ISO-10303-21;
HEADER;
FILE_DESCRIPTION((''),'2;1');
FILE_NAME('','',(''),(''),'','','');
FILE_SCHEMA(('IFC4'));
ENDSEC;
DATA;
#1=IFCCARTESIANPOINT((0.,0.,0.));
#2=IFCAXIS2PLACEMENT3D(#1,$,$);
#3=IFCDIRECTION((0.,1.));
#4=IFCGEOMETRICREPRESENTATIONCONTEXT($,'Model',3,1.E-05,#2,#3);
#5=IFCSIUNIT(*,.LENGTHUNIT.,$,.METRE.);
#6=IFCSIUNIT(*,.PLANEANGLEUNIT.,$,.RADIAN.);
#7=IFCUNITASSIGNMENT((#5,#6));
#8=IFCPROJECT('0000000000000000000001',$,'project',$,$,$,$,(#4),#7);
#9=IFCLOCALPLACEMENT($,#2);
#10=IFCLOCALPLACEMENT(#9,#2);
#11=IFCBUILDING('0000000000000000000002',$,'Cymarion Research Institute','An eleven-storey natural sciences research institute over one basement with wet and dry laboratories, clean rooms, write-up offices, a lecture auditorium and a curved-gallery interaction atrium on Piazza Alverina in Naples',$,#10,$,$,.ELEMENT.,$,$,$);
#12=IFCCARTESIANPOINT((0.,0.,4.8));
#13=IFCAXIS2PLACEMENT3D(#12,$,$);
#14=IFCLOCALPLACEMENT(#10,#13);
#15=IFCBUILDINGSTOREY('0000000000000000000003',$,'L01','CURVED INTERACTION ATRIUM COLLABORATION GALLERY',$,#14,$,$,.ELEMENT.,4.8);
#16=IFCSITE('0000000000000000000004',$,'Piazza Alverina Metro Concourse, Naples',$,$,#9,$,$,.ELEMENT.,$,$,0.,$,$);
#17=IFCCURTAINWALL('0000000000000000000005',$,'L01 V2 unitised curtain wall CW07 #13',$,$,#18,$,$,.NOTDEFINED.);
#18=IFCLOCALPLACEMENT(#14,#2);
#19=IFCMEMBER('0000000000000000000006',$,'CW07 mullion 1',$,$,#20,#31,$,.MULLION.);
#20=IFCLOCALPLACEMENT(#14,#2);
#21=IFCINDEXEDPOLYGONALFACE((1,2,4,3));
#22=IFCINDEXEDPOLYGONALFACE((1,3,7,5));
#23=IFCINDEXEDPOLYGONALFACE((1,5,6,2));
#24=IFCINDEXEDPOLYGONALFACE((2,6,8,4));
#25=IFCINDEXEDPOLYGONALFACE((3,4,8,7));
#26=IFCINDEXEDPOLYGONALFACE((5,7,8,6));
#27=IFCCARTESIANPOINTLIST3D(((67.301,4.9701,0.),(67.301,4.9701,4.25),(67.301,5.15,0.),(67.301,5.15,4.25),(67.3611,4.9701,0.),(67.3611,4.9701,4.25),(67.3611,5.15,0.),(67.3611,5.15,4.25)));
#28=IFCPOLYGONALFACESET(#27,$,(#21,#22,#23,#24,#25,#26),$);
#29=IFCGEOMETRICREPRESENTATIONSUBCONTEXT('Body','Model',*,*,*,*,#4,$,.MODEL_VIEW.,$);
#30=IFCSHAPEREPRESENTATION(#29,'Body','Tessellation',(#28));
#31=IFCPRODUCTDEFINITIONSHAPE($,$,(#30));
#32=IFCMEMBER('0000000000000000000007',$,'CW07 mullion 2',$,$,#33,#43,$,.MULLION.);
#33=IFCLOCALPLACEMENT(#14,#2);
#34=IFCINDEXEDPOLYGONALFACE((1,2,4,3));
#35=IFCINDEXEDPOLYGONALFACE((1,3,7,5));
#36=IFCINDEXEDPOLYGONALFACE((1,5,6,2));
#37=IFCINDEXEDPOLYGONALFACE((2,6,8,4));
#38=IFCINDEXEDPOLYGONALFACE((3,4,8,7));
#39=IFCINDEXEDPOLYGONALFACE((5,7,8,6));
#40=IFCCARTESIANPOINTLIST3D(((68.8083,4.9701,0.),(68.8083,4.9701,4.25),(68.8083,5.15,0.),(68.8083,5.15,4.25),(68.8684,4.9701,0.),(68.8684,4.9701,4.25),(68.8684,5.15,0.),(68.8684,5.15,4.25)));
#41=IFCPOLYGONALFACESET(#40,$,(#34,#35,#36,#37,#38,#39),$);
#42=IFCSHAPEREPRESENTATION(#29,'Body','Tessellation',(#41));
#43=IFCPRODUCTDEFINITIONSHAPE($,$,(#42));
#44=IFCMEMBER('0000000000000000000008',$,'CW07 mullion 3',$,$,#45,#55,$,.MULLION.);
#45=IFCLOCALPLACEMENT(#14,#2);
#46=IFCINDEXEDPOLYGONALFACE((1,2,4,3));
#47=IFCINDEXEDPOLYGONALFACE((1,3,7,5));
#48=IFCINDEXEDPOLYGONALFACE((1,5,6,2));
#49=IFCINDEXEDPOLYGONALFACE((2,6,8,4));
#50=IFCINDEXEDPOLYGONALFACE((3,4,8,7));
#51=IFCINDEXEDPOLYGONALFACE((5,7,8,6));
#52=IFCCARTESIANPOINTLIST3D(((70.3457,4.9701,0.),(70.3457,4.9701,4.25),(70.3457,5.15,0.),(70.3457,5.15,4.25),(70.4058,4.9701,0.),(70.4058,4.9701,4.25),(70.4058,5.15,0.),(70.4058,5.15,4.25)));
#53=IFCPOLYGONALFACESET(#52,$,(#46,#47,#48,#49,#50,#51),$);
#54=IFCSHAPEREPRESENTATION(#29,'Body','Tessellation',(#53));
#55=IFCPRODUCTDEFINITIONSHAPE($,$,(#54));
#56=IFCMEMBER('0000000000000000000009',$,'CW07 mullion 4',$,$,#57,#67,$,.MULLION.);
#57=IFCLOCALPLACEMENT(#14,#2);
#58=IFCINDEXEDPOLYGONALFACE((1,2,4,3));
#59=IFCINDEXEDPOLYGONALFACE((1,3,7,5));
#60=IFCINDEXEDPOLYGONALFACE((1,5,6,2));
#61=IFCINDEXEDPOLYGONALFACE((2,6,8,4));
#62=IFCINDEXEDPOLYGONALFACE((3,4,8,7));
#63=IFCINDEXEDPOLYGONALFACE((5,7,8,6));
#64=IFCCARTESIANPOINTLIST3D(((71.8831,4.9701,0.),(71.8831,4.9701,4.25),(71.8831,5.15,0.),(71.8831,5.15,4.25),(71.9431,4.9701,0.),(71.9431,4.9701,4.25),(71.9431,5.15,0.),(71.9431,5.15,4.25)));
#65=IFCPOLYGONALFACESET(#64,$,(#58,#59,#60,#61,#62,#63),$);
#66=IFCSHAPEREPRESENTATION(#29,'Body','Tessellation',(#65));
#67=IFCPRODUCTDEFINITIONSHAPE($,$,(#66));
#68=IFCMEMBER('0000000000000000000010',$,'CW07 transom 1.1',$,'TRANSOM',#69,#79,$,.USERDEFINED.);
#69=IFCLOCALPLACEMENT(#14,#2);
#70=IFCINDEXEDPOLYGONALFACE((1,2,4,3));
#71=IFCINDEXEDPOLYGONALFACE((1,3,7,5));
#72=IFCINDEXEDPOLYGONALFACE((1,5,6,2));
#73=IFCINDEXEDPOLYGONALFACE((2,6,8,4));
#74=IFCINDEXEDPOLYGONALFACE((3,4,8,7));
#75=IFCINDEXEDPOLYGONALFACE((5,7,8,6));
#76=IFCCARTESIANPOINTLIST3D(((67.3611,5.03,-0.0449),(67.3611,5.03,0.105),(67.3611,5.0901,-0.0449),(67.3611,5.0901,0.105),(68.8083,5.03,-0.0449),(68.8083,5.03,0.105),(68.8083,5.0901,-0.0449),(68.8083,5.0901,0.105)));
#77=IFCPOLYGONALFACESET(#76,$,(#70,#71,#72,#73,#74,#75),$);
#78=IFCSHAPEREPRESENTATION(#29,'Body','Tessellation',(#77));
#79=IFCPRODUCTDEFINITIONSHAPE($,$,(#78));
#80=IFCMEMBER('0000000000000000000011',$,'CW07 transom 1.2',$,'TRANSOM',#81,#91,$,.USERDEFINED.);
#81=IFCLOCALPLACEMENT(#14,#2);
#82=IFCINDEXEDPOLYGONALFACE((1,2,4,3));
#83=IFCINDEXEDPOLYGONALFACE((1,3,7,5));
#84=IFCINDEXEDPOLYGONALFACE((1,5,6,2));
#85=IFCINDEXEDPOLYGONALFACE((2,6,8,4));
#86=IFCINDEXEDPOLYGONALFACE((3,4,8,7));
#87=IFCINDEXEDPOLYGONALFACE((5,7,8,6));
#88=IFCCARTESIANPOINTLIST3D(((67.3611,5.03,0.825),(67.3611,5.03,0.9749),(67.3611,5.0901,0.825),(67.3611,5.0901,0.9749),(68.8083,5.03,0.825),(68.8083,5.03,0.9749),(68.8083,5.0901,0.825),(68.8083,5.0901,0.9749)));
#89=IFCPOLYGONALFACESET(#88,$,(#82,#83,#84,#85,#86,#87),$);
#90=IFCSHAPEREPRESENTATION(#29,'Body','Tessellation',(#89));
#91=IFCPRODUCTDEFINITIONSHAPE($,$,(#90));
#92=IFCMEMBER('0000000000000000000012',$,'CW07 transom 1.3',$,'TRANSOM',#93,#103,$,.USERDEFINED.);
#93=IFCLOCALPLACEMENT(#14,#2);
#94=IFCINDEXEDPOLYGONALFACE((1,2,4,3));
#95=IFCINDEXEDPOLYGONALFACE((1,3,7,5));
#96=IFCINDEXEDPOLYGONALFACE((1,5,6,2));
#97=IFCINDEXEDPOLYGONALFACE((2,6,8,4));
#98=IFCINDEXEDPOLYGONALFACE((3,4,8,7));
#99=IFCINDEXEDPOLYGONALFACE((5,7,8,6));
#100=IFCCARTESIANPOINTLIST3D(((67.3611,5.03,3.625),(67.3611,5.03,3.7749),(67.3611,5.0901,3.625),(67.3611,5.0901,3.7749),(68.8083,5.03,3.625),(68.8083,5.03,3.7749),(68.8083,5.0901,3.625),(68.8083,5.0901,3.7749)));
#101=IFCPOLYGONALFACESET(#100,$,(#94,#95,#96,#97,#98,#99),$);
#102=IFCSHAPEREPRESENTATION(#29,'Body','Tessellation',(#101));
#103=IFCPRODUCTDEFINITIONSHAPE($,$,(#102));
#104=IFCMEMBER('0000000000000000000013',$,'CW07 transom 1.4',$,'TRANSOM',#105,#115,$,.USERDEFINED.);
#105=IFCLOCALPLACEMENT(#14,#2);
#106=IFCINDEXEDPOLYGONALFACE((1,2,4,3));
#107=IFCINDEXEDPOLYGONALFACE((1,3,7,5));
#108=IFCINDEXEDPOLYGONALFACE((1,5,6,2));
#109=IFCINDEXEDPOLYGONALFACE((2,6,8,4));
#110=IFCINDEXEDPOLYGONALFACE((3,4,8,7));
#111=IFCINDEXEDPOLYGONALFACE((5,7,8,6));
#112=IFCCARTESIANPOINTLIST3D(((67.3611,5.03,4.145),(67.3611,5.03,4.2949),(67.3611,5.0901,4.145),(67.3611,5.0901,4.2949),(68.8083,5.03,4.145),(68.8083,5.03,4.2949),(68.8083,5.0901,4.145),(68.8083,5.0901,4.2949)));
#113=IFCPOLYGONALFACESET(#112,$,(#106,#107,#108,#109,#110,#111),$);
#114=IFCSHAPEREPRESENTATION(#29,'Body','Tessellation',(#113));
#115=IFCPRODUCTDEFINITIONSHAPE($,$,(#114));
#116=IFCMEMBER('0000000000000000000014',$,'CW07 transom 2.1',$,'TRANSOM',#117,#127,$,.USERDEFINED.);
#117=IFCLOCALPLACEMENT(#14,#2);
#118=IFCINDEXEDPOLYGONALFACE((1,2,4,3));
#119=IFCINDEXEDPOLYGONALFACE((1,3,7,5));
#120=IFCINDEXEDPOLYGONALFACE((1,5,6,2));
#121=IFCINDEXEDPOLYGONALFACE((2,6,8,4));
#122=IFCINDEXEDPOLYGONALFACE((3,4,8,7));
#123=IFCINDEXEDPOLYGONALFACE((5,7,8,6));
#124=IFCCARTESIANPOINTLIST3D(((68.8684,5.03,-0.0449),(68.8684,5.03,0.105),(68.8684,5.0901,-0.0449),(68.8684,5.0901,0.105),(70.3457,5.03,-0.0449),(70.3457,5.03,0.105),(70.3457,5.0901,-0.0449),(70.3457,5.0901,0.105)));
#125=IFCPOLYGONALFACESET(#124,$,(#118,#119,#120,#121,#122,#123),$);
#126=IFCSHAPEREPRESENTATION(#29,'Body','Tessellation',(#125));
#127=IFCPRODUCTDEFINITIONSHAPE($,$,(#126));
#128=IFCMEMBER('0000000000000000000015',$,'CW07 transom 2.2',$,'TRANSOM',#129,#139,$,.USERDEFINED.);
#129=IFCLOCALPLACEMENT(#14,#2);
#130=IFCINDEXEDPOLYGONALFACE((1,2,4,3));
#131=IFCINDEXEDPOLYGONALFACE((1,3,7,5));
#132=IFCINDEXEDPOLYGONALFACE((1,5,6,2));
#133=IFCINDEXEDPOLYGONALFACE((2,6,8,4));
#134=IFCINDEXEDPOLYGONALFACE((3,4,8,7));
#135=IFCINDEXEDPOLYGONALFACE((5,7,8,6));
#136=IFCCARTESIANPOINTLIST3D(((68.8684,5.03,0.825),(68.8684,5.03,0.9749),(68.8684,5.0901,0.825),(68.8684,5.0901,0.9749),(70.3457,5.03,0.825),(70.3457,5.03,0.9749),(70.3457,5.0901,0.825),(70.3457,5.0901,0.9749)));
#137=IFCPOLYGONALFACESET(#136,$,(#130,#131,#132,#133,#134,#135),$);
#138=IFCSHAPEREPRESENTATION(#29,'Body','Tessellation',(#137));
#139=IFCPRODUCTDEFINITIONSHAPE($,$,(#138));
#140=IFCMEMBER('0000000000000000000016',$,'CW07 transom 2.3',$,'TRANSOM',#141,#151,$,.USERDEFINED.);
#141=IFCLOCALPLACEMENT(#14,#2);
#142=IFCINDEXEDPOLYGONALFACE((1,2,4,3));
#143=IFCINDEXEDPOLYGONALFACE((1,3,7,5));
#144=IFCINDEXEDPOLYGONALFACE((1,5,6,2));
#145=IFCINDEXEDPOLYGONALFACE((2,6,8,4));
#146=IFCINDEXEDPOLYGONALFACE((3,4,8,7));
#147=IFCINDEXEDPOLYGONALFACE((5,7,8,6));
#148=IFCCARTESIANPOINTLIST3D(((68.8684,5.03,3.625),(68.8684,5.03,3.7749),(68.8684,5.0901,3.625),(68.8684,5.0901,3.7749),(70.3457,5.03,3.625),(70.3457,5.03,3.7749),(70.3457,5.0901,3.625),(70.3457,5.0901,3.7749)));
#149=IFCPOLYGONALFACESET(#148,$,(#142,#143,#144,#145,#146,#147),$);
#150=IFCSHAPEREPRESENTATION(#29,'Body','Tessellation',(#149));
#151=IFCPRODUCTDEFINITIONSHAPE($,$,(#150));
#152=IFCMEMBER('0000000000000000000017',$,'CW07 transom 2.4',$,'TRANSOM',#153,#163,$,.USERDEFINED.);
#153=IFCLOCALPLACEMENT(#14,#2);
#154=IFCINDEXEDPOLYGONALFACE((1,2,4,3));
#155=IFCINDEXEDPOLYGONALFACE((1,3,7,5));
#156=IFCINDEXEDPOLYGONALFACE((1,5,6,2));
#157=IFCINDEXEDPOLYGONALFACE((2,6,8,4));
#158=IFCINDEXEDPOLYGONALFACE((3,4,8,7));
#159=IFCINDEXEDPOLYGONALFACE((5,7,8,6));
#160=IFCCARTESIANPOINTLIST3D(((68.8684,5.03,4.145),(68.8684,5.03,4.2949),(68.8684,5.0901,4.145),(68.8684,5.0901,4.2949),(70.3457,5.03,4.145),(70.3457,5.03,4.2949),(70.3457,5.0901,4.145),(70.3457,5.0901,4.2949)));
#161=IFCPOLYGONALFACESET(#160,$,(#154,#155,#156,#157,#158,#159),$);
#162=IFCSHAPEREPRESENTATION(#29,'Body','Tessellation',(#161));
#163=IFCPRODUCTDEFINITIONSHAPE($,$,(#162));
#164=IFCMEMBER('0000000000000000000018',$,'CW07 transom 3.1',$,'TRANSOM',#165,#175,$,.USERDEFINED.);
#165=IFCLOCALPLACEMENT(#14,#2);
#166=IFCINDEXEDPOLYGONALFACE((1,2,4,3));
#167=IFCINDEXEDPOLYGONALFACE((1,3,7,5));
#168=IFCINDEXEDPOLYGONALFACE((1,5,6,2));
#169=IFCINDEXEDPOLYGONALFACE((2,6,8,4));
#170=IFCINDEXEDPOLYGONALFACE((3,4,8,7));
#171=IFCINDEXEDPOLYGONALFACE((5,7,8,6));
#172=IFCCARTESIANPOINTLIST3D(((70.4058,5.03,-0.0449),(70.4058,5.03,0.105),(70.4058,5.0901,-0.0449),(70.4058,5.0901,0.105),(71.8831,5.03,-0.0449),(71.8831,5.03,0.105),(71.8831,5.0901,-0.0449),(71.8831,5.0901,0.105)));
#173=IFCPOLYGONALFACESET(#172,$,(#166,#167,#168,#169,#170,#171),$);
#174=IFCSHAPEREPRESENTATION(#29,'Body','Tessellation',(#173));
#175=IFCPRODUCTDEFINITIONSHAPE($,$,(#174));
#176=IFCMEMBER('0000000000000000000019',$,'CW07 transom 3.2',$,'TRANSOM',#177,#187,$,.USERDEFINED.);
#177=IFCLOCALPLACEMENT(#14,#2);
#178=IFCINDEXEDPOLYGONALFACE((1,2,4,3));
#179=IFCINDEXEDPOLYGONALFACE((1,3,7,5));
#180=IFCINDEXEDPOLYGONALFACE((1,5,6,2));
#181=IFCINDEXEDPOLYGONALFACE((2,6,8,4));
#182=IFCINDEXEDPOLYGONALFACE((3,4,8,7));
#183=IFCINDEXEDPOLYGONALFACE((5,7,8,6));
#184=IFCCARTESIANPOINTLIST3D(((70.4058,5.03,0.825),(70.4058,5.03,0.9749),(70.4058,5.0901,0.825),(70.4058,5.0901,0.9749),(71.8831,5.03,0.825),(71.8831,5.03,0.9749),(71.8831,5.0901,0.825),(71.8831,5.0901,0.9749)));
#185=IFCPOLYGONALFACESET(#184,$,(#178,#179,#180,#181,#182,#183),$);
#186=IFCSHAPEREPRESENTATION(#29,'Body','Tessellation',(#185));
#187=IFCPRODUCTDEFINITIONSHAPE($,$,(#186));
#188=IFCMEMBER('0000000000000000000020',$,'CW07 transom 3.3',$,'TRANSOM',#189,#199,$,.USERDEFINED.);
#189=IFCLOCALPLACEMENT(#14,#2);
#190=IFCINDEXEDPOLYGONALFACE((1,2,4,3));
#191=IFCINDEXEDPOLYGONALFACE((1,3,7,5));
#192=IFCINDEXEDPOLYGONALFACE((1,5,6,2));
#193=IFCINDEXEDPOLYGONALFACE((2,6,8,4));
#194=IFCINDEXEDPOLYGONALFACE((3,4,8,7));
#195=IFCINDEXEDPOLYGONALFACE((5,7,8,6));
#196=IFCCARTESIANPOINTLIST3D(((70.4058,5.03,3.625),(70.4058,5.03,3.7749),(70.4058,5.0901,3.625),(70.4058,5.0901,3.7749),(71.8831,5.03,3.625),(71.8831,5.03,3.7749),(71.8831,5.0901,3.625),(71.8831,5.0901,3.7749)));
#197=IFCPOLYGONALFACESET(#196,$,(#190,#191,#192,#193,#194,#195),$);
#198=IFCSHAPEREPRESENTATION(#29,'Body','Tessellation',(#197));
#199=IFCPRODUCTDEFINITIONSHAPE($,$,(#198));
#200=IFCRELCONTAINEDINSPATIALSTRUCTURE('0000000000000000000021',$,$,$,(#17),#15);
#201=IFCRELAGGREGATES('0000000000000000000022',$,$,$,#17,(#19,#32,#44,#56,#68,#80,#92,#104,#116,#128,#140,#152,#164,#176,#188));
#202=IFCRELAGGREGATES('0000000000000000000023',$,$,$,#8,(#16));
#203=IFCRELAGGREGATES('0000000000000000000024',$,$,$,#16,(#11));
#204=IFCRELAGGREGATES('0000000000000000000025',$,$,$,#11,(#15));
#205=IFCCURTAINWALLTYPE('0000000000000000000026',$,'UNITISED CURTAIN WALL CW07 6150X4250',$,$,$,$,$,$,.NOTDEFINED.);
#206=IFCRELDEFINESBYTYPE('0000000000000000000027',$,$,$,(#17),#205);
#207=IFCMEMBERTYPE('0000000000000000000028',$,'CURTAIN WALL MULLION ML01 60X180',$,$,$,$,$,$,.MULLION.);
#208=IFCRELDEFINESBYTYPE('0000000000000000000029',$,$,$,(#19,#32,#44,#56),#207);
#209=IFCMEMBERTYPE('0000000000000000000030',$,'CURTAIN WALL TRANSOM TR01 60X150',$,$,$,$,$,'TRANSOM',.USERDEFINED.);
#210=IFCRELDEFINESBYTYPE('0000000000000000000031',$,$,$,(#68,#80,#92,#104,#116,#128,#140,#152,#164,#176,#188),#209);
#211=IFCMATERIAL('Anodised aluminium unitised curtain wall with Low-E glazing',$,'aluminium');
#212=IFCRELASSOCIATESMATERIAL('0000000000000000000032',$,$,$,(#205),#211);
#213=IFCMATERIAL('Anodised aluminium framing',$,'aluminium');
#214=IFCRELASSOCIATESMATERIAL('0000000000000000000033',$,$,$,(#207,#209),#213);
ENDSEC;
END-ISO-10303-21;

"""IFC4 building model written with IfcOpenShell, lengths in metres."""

from ifc_helpers import new_model, si_unit, direction, frame, origin, origin_2d, place, context, subcontext, project, spatial, rectangle, extrude, material, material_profile, profile_set, type_object, element, aggregate, save


model = new_model("IFC4")

# Units and contexts
model_context = context("Model", 3, precision=1e-05, world=origin(), true_north=direction((0.0, 1.0)))
body_context = subcontext(model_context, "Body", "Model", "MODEL_VIEW")
ifc_project = project(units=[si_unit("LENGTHUNIT", "METRE"), si_unit("PLANEANGLEUNIT", "RADIAN")], contexts=[model_context])

# Site, building, storey
site_placement = place(None, origin())
site = spatial("IfcSite", under=ifc_project, at=site_placement, Name="Piazza Alverina Metro Concourse, Naples", CompositionType="ELEMENT", RefElevation=0.0)
building_placement = place(site_placement, origin())
building = spatial("IfcBuilding", under=site, at=building_placement, Name="Cymarion Research Institute", Description="An eleven-storey natural sciences research institute over one basement with wet and dry laboratories, clean rooms, write-up offices, a lecture auditorium and a curved-gallery interaction atrium on Piazza Alverina in Naples", CompositionType="ELEMENT")
storey_placement = place(building_placement, frame((0.0, 0.0, 4.8)))
storey = spatial("IfcBuildingStorey", under=building, at=storey_placement, Name="L01", Description="CURVED INTERACTION ATRIUM COLLABORATION GALLERY", CompositionType="ELEMENT", Elevation=4.8)

# Curtain wall, members
ifc_material_1 = material(Name="Anodised aluminium unitised curtain wall with Low-E glazing", Category="aluminium")
curtain_wall_type = type_object("IfcCurtainWallType", Name="UNITISED CURTAIN WALL CW07 6150X4250", PredefinedType="NOTDEFINED", material=ifc_material_1)
curtain_wall_placement = place(storey_placement, origin())
curtain_wall = element("IfcCurtainWall", 1, at=curtain_wall_placement, inside=storey, type_object=curtain_wall_type, Name="L01 V2 unitised curtain wall CW07 #13", PredefinedType="NOTDEFINED")
ifc_material_2 = material(Name="Anodised aluminium framing", Category="aluminium")
ifc_material_profile_1 = material_profile(ifc_material_2, rectangle(XDim=0.0601, YDim=0.1799, at=origin_2d()), Name="ALU MULLION 60x180")
ifc_profile_set_1 = profile_set([ifc_material_profile_1], Name="Anodised aluminium framing")
member_type_1 = type_object("IfcMemberType", Name="CURTAIN WALL MULLION ML01 60X180", PredefinedType="MULLION", material=ifc_profile_set_1)
member_1_placement = place(storey_placement, frame((67.3311, 5.0601, 0.0), z_axis=(0.0, 0.0, 1.0), x_axis=(1.0, 0.0, 0.0)))
member_1 = element("IfcMember", 2, at=member_1_placement, type_object=member_type_1, Name="CW07 mullion 1", PredefinedType="MULLION", context=body_context, shape_type="SweptSolid", body=[
    extrude(rectangle(XDim=0.0601, YDim=0.1799, at=origin_2d()), origin(), (0.0, 0.0, 1.0), 4.25),
])
member_2_placement = place(storey_placement, frame((68.8384, 5.0601, 0.0), z_axis=(0.0, 0.0, 1.0), x_axis=(1.0, 0.0, 0.0)))
member_2 = element("IfcMember", 3, at=member_2_placement, type_object=member_type_1, Name="CW07 mullion 2", PredefinedType="MULLION", context=body_context, shape_type="SweptSolid", body=[
    extrude(rectangle(XDim=0.0601, YDim=0.1799, at=origin_2d()), origin(), (0.0, 0.0, 1.0), 4.25),
])
member_3_placement = place(storey_placement, frame((70.3757, 5.0601, 0.0), z_axis=(0.0, 0.0, 1.0), x_axis=(1.0, 0.0, 0.0)))
member_3 = element("IfcMember", 4, at=member_3_placement, type_object=member_type_1, Name="CW07 mullion 3", PredefinedType="MULLION", context=body_context, shape_type="SweptSolid", body=[
    extrude(rectangle(XDim=0.0601, YDim=0.1799, at=origin_2d()), origin(), (0.0, 0.0, 1.0), 4.25),
])
member_4_placement = place(storey_placement, frame((71.9131, 5.0601, 0.0), z_axis=(0.0, 0.0, 1.0), x_axis=(1.0, 0.0, 0.0)))
member_4 = element("IfcMember", 5, at=member_4_placement, type_object=member_type_1, Name="CW07 mullion 4", PredefinedType="MULLION", context=body_context, shape_type="SweptSolid", body=[
    extrude(rectangle(XDim=0.0601, YDim=0.1799, at=origin_2d()), origin(), (0.0, 0.0, 1.0), 4.25),
])
ifc_material_profile_2 = material_profile(ifc_material_2, rectangle(XDim=0.0601, YDim=0.1499, at=origin_2d()), Name="ALU TRANSOM 60x150")
ifc_profile_set_2 = profile_set([ifc_material_profile_2], Name="Anodised aluminium framing")
member_type_2 = type_object("IfcMemberType", Name="CURTAIN WALL TRANSOM TR01 60X150", ElementType="TRANSOM", PredefinedType="USERDEFINED", material=ifc_profile_set_2)
member_5_placement = place(storey_placement, frame((67.3611, 5.0601, 0.03), z_axis=(1.0, 0.0, 0.0), x_axis=(0.0, 1.0, 0.0)))
member_5 = element("IfcMember", 6, at=member_5_placement, type_object=member_type_2, Name="CW07 transom 1.1", ObjectType="TRANSOM", PredefinedType="USERDEFINED", context=body_context, shape_type="SweptSolid", body=[
    extrude(rectangle(XDim=0.0601, YDim=0.1499, at=origin_2d()), origin(), (0.0, 0.0, 1.0), 1.4473),
])
member_6_placement = place(storey_placement, frame((67.3611, 5.0601, 0.8999), z_axis=(1.0, 0.0, 0.0), x_axis=(0.0, 1.0, 0.0)))
member_6 = element("IfcMember", 7, at=member_6_placement, type_object=member_type_2, Name="CW07 transom 1.2", ObjectType="TRANSOM", PredefinedType="USERDEFINED", context=body_context, shape_type="SweptSolid", body=[
    extrude(rectangle(XDim=0.0601, YDim=0.1499, at=origin_2d()), origin(), (0.0, 0.0, 1.0), 1.4473),
])
member_7_placement = place(storey_placement, frame((67.3611, 5.0601, 3.7), z_axis=(1.0, 0.0, 0.0), x_axis=(0.0, 1.0, 0.0)))
member_7 = element("IfcMember", 8, at=member_7_placement, type_object=member_type_2, Name="CW07 transom 1.3", ObjectType="TRANSOM", PredefinedType="USERDEFINED", context=body_context, shape_type="SweptSolid", body=[
    extrude(rectangle(XDim=0.0601, YDim=0.1499, at=origin_2d()), origin(), (0.0, 0.0, 1.0), 1.4473),
])
member_8_placement = place(storey_placement, frame((67.3611, 5.0601, 4.22), z_axis=(1.0, 0.0, 0.0), x_axis=(0.0, 1.0, 0.0)))
member_8 = element("IfcMember", 9, at=member_8_placement, type_object=member_type_2, Name="CW07 transom 1.4", ObjectType="TRANSOM", PredefinedType="USERDEFINED", context=body_context, shape_type="SweptSolid", body=[
    extrude(rectangle(XDim=0.0601, YDim=0.1499, at=origin_2d()), origin(), (0.0, 0.0, 1.0), 1.4473),
])
member_9_placement = place(storey_placement, frame((68.8684, 5.0601, 0.03), z_axis=(1.0, 0.0, 0.0), x_axis=(0.0, 1.0, 0.0)))
member_9 = element("IfcMember", 10, at=member_9_placement, type_object=member_type_2, Name="CW07 transom 2.1", ObjectType="TRANSOM", PredefinedType="USERDEFINED", context=body_context, shape_type="SweptSolid", body=[
    extrude(rectangle(XDim=0.0601, YDim=0.1499, at=origin_2d()), origin(), (0.0, 0.0, 1.0), 1.4773),
])
member_10_placement = place(storey_placement, frame((68.8684, 5.0601, 0.8999), z_axis=(1.0, 0.0, 0.0), x_axis=(0.0, 1.0, 0.0)))
member_10 = element("IfcMember", 11, at=member_10_placement, type_object=member_type_2, Name="CW07 transom 2.2", ObjectType="TRANSOM", PredefinedType="USERDEFINED", context=body_context, shape_type="SweptSolid", body=[
    extrude(rectangle(XDim=0.0601, YDim=0.1499, at=origin_2d()), origin(), (0.0, 0.0, 1.0), 1.4773),
])
member_11_placement = place(storey_placement, frame((68.8684, 5.0601, 3.7), z_axis=(1.0, 0.0, 0.0), x_axis=(0.0, 1.0, 0.0)))
member_11 = element("IfcMember", 12, at=member_11_placement, type_object=member_type_2, Name="CW07 transom 2.3", ObjectType="TRANSOM", PredefinedType="USERDEFINED", context=body_context, shape_type="SweptSolid", body=[
    extrude(rectangle(XDim=0.0601, YDim=0.1499, at=origin_2d()), origin(), (0.0, 0.0, 1.0), 1.4773),
])
member_12_placement = place(storey_placement, frame((68.8684, 5.0601, 4.22), z_axis=(1.0, 0.0, 0.0), x_axis=(0.0, 1.0, 0.0)))
member_12 = element("IfcMember", 13, at=member_12_placement, type_object=member_type_2, Name="CW07 transom 2.4", ObjectType="TRANSOM", PredefinedType="USERDEFINED", context=body_context, shape_type="SweptSolid", body=[
    extrude(rectangle(XDim=0.0601, YDim=0.1499, at=origin_2d()), origin(), (0.0, 0.0, 1.0), 1.4773),
])
member_13_placement = place(storey_placement, frame((70.4058, 5.0601, 0.03), z_axis=(1.0, 0.0, 0.0), x_axis=(0.0, 1.0, 0.0)))
member_13 = element("IfcMember", 14, at=member_13_placement, type_object=member_type_2, Name="CW07 transom 3.1", ObjectType="TRANSOM", PredefinedType="USERDEFINED", context=body_context, shape_type="SweptSolid", body=[
    extrude(rectangle(XDim=0.0601, YDim=0.1499, at=origin_2d()), origin(), (0.0, 0.0, 1.0), 1.4773),
])
member_14_placement = place(storey_placement, frame((70.4058, 5.0601, 0.8999), z_axis=(1.0, 0.0, 0.0), x_axis=(0.0, 1.0, 0.0)))
member_14 = element("IfcMember", 15, at=member_14_placement, type_object=member_type_2, Name="CW07 transom 3.2", ObjectType="TRANSOM", PredefinedType="USERDEFINED", context=body_context, shape_type="SweptSolid", body=[
    extrude(rectangle(XDim=0.0601, YDim=0.1499, at=origin_2d()), origin(), (0.0, 0.0, 1.0), 1.4773),
])
member_15_placement = place(storey_placement, frame((70.4058, 5.0601, 3.7), z_axis=(1.0, 0.0, 0.0), x_axis=(0.0, 1.0, 0.0)))
member_15 = element("IfcMember", 16, at=member_15_placement, type_object=member_type_2, Name="CW07 transom 3.3", ObjectType="TRANSOM", PredefinedType="USERDEFINED", context=body_context, shape_type="SweptSolid", body=[
    extrude(rectangle(XDim=0.0601, YDim=0.1499, at=origin_2d()), origin(), (0.0, 0.0, 1.0), 1.4773),
])
aggregate(curtain_wall, [member_1, member_2, member_3, member_4, member_5, member_6, member_7, member_8, member_9, member_10, member_11, member_12, member_13, member_14, member_15])

save(model, "model.ifc")
